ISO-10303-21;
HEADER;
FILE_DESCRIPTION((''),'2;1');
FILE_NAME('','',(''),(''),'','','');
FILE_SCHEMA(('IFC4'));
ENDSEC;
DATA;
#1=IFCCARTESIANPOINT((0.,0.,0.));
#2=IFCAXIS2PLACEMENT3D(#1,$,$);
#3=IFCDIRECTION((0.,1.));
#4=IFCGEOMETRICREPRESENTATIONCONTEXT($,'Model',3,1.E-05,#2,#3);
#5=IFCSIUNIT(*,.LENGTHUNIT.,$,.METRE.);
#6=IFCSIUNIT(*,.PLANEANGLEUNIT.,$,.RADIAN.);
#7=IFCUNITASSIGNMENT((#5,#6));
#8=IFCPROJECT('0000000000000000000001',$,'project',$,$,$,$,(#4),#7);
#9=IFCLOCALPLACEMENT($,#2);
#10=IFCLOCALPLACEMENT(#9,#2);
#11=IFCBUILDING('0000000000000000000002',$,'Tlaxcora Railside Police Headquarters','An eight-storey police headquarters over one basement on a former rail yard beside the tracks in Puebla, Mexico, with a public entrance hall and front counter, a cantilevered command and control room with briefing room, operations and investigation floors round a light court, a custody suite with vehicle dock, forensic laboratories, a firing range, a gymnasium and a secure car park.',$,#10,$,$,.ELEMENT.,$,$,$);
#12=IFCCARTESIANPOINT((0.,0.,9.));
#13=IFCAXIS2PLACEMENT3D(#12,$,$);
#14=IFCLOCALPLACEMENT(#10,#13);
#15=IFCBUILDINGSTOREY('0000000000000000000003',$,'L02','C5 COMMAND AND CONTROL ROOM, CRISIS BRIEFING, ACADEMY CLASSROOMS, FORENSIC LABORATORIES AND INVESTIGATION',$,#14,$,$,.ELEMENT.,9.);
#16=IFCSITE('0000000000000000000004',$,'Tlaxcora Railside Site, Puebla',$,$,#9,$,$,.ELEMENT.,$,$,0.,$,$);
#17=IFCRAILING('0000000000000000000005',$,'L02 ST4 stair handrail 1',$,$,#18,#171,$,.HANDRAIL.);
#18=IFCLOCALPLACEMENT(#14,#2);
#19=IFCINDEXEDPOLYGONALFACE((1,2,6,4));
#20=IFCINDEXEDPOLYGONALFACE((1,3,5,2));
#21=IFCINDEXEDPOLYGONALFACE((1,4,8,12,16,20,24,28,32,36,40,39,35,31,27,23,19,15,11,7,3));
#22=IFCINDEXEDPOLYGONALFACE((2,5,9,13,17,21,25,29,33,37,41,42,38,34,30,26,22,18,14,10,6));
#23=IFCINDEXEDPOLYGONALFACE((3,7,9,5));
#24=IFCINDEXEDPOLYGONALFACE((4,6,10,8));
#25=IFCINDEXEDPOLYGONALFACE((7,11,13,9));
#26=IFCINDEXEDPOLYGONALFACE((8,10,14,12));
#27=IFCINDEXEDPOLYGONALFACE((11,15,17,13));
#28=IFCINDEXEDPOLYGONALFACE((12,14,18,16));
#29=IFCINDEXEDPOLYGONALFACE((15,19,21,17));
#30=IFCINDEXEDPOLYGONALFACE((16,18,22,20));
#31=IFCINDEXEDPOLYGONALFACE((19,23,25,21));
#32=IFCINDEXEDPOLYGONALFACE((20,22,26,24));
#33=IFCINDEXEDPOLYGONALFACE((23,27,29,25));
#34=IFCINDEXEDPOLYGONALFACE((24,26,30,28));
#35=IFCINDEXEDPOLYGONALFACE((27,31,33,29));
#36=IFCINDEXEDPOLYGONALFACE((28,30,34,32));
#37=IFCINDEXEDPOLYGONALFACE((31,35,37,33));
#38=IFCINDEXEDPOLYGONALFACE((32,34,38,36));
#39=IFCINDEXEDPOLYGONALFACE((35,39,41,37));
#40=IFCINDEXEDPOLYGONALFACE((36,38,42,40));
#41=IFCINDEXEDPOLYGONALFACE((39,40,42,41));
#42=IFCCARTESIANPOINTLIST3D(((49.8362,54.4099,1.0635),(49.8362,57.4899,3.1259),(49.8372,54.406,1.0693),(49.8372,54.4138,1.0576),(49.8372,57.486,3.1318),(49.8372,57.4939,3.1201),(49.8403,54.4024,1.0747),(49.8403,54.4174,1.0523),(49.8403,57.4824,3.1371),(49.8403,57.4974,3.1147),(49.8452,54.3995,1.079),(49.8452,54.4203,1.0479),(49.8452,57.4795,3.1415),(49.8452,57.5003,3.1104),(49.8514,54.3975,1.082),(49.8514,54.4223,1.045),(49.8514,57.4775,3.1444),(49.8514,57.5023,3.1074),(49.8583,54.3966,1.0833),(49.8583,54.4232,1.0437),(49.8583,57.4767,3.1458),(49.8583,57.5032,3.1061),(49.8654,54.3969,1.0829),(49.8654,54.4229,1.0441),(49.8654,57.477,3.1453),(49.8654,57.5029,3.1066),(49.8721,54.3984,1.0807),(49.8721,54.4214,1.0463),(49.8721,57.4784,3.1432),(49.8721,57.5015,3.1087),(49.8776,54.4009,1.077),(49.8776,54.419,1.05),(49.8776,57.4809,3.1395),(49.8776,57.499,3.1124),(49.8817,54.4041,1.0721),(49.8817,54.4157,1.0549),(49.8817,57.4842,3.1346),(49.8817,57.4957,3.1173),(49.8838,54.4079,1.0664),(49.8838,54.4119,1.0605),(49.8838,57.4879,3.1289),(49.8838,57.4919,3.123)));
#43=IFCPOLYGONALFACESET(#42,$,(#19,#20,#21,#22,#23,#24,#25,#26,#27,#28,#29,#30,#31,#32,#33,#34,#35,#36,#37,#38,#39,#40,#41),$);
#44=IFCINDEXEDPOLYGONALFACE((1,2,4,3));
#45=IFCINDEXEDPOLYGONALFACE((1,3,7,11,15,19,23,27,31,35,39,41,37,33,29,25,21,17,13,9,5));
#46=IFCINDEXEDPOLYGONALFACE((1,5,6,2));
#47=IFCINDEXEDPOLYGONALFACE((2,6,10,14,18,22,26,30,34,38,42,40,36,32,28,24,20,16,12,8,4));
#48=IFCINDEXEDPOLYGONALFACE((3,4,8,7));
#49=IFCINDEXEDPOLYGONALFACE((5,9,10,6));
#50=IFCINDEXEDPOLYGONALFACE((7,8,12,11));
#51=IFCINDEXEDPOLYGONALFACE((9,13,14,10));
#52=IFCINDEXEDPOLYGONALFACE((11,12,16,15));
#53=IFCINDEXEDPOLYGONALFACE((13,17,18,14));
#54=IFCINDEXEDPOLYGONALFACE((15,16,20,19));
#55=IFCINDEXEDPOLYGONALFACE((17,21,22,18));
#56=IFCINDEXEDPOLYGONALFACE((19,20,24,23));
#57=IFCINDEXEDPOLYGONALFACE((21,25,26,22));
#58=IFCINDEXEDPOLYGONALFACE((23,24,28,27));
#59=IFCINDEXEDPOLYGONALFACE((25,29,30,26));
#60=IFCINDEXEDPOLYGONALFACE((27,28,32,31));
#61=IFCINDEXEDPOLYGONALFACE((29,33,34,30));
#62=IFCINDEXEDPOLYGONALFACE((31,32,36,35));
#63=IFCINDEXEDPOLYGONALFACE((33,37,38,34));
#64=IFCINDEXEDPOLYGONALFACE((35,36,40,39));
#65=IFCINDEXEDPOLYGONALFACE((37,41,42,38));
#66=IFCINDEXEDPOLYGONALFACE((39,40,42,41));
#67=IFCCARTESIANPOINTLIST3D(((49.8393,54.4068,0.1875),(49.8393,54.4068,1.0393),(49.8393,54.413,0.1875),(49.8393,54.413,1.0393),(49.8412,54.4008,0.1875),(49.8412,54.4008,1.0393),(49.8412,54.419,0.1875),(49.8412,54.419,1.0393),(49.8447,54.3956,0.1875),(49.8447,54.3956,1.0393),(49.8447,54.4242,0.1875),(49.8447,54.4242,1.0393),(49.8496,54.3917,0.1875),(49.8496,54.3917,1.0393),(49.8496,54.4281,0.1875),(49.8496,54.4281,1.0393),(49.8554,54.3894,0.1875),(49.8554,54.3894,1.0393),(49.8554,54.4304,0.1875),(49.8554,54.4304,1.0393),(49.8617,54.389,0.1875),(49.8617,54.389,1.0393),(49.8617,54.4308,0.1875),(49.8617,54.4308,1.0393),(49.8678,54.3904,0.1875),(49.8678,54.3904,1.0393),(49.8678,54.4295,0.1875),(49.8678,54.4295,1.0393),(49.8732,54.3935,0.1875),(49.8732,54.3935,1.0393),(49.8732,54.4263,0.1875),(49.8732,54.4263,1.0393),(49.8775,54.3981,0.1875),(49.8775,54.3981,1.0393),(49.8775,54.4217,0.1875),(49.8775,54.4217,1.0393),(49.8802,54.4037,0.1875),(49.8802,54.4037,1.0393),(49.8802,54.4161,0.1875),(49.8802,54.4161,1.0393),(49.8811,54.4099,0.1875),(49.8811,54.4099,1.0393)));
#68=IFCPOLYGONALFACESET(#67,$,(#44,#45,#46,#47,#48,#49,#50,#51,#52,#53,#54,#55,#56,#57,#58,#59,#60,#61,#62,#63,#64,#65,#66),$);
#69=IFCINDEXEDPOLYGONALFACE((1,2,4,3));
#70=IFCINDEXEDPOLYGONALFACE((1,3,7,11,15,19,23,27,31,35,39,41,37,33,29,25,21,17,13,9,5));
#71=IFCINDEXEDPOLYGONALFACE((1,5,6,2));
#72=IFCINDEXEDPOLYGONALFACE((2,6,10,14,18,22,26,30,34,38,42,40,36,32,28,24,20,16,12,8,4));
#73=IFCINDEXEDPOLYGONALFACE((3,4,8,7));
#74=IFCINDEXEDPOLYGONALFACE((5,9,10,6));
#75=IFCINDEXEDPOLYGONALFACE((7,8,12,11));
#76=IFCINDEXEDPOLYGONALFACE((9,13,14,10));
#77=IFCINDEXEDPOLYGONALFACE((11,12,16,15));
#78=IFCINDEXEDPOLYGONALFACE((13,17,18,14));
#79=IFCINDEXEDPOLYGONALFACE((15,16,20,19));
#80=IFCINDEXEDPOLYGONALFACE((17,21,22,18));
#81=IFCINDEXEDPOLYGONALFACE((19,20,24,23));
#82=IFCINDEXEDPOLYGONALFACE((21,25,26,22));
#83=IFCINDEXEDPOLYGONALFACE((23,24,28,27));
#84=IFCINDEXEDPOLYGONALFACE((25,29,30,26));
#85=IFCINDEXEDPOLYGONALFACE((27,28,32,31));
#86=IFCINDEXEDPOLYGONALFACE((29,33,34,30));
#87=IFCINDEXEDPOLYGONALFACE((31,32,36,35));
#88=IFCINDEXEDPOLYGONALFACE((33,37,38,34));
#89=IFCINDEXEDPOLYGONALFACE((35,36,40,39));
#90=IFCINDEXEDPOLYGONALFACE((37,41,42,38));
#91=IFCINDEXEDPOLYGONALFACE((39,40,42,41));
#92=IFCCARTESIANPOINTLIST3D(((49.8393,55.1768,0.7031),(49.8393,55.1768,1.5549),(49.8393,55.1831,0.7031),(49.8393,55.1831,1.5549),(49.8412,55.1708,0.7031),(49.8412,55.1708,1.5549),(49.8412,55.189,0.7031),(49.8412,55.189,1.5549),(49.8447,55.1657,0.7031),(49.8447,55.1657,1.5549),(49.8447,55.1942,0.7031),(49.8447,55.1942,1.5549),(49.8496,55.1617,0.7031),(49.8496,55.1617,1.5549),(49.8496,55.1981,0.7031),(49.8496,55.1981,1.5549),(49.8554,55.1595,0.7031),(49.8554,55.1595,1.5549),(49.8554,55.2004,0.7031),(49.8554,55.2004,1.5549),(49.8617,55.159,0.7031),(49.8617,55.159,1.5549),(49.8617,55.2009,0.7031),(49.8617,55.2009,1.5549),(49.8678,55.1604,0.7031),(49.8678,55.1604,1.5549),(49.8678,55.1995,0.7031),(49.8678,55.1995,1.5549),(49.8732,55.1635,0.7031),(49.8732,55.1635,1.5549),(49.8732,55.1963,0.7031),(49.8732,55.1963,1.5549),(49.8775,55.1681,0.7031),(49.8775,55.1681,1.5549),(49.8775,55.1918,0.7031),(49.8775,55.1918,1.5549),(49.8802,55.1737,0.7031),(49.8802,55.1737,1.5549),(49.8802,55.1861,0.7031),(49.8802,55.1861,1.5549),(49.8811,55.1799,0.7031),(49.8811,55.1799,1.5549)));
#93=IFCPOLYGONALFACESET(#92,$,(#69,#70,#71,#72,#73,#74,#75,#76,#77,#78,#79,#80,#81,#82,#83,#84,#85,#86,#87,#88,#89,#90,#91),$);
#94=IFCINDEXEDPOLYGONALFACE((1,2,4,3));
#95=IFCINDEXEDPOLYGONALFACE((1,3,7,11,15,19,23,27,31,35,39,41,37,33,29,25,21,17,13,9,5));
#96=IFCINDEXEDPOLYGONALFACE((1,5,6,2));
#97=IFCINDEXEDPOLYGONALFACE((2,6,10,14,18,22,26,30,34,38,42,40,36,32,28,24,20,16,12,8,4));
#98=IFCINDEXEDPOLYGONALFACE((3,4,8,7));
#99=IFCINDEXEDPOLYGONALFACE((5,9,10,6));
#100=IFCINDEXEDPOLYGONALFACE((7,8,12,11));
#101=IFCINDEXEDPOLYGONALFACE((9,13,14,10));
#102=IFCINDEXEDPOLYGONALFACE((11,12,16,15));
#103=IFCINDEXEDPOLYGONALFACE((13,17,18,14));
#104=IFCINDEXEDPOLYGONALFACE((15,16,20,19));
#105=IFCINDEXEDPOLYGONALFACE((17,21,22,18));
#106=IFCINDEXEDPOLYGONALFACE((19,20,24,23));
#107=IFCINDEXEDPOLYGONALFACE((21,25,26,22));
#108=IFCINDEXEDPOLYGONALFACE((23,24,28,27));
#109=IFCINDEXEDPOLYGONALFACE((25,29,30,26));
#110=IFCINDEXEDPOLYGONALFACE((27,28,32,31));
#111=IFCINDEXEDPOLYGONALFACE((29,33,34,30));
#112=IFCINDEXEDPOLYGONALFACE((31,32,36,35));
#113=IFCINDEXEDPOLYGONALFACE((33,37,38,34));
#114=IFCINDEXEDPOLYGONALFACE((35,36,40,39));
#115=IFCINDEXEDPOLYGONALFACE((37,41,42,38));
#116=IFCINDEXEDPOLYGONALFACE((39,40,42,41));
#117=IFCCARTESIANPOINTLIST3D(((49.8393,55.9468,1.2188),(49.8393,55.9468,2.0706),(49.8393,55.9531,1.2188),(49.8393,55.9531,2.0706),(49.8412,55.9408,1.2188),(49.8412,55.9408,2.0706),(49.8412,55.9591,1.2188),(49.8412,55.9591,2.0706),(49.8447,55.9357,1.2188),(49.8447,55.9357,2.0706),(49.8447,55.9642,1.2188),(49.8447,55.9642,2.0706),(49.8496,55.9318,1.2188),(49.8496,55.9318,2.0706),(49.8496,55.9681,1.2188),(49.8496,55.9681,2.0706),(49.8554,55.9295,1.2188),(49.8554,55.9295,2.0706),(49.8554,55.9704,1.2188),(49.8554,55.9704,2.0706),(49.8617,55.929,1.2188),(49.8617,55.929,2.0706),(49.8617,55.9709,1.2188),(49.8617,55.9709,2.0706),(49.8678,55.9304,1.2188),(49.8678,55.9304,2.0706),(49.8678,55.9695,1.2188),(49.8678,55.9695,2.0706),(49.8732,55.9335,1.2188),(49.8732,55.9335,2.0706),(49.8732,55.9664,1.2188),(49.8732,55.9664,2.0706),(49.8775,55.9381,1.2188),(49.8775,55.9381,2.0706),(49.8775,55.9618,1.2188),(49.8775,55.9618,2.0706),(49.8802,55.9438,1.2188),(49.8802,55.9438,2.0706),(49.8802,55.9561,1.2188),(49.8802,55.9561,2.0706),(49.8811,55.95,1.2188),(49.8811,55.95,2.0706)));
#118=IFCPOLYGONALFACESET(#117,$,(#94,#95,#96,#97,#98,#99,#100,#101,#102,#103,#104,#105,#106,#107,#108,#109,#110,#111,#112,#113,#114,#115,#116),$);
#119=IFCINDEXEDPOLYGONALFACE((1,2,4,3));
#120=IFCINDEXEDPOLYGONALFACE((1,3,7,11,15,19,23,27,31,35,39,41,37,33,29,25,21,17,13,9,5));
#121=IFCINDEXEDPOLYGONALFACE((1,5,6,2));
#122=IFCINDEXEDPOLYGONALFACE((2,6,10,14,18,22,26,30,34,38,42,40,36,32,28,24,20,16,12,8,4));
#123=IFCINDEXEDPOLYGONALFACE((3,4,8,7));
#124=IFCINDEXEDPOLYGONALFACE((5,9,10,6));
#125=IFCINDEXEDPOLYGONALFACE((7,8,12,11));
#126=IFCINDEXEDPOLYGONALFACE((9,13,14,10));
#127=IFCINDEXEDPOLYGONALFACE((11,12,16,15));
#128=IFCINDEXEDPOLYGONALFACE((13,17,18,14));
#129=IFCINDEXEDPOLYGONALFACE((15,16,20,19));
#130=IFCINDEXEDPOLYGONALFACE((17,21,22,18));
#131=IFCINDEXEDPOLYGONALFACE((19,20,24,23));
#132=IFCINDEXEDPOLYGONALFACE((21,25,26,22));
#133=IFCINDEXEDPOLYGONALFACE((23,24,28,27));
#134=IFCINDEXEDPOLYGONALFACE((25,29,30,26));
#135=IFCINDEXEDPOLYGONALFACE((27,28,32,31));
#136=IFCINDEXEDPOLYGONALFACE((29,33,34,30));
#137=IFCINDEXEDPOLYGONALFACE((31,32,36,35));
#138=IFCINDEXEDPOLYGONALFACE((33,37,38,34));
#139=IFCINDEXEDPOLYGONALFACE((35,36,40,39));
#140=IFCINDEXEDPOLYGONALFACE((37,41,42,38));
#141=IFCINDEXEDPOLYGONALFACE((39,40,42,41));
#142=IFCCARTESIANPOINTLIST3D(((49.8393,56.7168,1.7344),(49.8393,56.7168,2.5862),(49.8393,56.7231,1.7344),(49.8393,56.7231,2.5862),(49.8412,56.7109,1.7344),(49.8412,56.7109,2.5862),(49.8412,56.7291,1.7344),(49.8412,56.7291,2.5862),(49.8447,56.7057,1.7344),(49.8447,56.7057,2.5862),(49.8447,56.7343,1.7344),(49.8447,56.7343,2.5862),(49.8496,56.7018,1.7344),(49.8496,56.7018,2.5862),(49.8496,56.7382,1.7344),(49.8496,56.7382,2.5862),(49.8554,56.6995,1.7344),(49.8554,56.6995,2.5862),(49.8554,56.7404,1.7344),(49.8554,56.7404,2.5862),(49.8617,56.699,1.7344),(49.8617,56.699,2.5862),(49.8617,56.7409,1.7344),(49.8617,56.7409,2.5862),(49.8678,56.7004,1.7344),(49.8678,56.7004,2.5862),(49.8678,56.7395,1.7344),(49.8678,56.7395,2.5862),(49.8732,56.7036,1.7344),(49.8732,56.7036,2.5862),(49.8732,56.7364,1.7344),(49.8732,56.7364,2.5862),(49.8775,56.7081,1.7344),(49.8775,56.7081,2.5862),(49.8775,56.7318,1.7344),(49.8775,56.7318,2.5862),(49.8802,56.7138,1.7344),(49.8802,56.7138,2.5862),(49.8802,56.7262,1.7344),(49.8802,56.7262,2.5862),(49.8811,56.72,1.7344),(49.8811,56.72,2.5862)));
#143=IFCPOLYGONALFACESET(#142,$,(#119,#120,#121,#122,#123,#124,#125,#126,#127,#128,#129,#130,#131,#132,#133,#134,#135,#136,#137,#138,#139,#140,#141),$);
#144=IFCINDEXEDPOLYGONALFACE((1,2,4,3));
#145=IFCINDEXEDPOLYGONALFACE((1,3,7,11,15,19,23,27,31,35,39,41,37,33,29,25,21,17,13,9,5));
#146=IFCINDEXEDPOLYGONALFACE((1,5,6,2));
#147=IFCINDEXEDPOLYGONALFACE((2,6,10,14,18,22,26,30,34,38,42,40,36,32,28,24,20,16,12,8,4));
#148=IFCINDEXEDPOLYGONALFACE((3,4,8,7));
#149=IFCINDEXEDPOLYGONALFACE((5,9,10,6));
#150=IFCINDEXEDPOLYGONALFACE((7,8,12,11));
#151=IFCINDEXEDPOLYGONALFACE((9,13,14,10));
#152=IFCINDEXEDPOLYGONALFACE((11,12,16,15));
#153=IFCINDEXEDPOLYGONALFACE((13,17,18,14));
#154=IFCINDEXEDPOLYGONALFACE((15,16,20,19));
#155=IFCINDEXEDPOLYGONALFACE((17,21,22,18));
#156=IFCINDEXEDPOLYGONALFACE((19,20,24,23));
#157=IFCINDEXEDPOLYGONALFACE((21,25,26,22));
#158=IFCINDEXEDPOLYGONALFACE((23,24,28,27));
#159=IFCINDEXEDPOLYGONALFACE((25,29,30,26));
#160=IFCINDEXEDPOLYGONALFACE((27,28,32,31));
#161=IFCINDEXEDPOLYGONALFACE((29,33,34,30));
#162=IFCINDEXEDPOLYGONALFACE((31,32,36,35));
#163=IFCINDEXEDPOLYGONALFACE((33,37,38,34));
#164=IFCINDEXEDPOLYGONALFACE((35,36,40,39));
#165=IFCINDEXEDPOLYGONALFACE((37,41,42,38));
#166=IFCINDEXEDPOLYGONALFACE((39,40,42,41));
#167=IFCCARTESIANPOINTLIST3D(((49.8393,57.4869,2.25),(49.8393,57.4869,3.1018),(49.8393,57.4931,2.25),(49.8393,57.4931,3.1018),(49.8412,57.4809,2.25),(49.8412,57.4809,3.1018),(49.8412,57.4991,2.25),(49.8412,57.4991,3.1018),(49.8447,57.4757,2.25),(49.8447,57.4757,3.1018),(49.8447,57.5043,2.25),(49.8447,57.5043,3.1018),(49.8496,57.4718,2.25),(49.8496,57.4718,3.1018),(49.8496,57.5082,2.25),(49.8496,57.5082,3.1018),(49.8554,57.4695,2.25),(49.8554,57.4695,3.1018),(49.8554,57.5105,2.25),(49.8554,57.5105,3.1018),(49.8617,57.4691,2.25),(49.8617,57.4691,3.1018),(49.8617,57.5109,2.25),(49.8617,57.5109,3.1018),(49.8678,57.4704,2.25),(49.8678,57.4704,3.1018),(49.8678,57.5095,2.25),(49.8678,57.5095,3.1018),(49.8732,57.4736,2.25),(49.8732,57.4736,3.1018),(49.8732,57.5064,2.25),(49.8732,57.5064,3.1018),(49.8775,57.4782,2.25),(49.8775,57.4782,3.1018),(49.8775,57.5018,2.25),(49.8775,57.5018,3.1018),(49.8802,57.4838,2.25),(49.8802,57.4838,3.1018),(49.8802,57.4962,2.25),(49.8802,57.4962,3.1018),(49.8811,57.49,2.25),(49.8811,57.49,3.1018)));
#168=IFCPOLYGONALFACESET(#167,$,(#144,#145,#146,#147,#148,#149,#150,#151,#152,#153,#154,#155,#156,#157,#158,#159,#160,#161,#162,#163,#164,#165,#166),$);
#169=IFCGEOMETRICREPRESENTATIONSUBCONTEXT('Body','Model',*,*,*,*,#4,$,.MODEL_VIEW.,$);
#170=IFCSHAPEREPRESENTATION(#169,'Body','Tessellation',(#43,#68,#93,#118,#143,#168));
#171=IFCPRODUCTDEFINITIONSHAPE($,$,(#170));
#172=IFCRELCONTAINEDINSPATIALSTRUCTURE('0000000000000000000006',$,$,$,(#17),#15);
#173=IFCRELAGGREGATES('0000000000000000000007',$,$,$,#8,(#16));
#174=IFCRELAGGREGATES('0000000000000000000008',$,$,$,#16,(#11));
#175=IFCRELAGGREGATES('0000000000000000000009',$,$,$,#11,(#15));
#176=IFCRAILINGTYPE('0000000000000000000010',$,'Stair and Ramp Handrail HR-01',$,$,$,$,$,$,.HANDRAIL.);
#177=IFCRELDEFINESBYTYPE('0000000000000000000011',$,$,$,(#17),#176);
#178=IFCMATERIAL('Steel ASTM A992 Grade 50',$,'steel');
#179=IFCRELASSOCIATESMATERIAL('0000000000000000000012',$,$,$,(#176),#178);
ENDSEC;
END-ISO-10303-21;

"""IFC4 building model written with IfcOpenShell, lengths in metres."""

from ifc_helpers import new_model, si_unit, direction, frame, origin, origin_2d, place, context, subcontext, project, spatial, circle, extrude, material, type_object, element, save


model = new_model("IFC4")

# Units and contexts
model_context = context("Model", 3, precision=1e-05, world=origin(), true_north=direction((0.0, 1.0)))
body_context = subcontext(model_context, "Body", "Model", "MODEL_VIEW")
ifc_project = project(units=[si_unit("LENGTHUNIT", "METRE"), si_unit("PLANEANGLEUNIT", "RADIAN")], contexts=[model_context])

# Site, building, storey
site_placement = place(None, origin())
site = spatial("IfcSite", under=ifc_project, at=site_placement, Name="Tlaxcora Railside Site, Puebla", CompositionType="ELEMENT", RefElevation=0.0)
building_placement = place(site_placement, origin())
building = spatial("IfcBuilding", under=site, at=building_placement, Name="Tlaxcora Railside Police Headquarters", Description="An eight-storey police headquarters over one basement on a former rail yard beside the tracks in Puebla, Mexico, with a public entrance hall and front counter, a cantilevered command and control room with briefing room, operations and investigation floors round a light court, a custody suite with vehicle dock, forensic laboratories, a firing range, a gymnasium and a secure car park.", CompositionType="ELEMENT")
storey_placement = place(building_placement, frame((0.0, 0.0, 9.0)))
storey = spatial("IfcBuildingStorey", under=building, at=storey_placement, Name="L02", Description="C5 COMMAND AND CONTROL ROOM, CRISIS BRIEFING, ACADEMY CLASSROOMS, FORENSIC LABORATORIES AND INVESTIGATION", CompositionType="ELEMENT", Elevation=9.0)

# Shared definitions
ifc_material_1 = material(Name="Steel ASTM A992 Grade 50", Category="steel")

# Railing
railing_type_1 = type_object("IfcRailingType", Name="Stair and Ramp Handrail HR-01", PredefinedType="HANDRAIL", material=ifc_material_1)
railing_1_placement = place(storey_placement, frame((49.8601, 54.4099, 0.1875)))
element("IfcRailing", 1, at=railing_1_placement, inside=storey, type_object=railing_type_1, Name="L02 ST4 stair handrail 1", PredefinedType="HANDRAIL", context=body_context, shape_type="SweptSolid", body=[
    extrude(circle(Radius=0.0239, at=origin_2d()), frame((0.0, 0.0, 0.876), z_axis=(0.0, 0.830914, 0.556401), x_axis=(-1.0, 0.0, 0.0)), (0.0, 0.0, 1.0), 3.7068),
    extrude(circle(Radius=0.021, at=origin_2d()), origin(), (0.0, 0.0, 1.0), 0.8518),
    extrude(circle(Radius=0.021, at=origin_2d()), frame((0.0, 0.77, 0.5156)), (0.0, 0.0, 1.0), 0.8518),
    extrude(circle(Radius=0.021, at=origin_2d()), frame((0.0, 1.54, 1.0312)), (0.0, 0.0, 1.0), 0.8518),
    extrude(circle(Radius=0.021, at=origin_2d()), frame((0.0, 2.3101, 1.5469)), (0.0, 0.0, 1.0), 0.8518),
    extrude(circle(Radius=0.021, at=origin_2d()), frame((0.0, 3.0801, 2.0625)), (0.0, 0.0, 1.0), 0.8518),
])

save(model, "model.ifc")
